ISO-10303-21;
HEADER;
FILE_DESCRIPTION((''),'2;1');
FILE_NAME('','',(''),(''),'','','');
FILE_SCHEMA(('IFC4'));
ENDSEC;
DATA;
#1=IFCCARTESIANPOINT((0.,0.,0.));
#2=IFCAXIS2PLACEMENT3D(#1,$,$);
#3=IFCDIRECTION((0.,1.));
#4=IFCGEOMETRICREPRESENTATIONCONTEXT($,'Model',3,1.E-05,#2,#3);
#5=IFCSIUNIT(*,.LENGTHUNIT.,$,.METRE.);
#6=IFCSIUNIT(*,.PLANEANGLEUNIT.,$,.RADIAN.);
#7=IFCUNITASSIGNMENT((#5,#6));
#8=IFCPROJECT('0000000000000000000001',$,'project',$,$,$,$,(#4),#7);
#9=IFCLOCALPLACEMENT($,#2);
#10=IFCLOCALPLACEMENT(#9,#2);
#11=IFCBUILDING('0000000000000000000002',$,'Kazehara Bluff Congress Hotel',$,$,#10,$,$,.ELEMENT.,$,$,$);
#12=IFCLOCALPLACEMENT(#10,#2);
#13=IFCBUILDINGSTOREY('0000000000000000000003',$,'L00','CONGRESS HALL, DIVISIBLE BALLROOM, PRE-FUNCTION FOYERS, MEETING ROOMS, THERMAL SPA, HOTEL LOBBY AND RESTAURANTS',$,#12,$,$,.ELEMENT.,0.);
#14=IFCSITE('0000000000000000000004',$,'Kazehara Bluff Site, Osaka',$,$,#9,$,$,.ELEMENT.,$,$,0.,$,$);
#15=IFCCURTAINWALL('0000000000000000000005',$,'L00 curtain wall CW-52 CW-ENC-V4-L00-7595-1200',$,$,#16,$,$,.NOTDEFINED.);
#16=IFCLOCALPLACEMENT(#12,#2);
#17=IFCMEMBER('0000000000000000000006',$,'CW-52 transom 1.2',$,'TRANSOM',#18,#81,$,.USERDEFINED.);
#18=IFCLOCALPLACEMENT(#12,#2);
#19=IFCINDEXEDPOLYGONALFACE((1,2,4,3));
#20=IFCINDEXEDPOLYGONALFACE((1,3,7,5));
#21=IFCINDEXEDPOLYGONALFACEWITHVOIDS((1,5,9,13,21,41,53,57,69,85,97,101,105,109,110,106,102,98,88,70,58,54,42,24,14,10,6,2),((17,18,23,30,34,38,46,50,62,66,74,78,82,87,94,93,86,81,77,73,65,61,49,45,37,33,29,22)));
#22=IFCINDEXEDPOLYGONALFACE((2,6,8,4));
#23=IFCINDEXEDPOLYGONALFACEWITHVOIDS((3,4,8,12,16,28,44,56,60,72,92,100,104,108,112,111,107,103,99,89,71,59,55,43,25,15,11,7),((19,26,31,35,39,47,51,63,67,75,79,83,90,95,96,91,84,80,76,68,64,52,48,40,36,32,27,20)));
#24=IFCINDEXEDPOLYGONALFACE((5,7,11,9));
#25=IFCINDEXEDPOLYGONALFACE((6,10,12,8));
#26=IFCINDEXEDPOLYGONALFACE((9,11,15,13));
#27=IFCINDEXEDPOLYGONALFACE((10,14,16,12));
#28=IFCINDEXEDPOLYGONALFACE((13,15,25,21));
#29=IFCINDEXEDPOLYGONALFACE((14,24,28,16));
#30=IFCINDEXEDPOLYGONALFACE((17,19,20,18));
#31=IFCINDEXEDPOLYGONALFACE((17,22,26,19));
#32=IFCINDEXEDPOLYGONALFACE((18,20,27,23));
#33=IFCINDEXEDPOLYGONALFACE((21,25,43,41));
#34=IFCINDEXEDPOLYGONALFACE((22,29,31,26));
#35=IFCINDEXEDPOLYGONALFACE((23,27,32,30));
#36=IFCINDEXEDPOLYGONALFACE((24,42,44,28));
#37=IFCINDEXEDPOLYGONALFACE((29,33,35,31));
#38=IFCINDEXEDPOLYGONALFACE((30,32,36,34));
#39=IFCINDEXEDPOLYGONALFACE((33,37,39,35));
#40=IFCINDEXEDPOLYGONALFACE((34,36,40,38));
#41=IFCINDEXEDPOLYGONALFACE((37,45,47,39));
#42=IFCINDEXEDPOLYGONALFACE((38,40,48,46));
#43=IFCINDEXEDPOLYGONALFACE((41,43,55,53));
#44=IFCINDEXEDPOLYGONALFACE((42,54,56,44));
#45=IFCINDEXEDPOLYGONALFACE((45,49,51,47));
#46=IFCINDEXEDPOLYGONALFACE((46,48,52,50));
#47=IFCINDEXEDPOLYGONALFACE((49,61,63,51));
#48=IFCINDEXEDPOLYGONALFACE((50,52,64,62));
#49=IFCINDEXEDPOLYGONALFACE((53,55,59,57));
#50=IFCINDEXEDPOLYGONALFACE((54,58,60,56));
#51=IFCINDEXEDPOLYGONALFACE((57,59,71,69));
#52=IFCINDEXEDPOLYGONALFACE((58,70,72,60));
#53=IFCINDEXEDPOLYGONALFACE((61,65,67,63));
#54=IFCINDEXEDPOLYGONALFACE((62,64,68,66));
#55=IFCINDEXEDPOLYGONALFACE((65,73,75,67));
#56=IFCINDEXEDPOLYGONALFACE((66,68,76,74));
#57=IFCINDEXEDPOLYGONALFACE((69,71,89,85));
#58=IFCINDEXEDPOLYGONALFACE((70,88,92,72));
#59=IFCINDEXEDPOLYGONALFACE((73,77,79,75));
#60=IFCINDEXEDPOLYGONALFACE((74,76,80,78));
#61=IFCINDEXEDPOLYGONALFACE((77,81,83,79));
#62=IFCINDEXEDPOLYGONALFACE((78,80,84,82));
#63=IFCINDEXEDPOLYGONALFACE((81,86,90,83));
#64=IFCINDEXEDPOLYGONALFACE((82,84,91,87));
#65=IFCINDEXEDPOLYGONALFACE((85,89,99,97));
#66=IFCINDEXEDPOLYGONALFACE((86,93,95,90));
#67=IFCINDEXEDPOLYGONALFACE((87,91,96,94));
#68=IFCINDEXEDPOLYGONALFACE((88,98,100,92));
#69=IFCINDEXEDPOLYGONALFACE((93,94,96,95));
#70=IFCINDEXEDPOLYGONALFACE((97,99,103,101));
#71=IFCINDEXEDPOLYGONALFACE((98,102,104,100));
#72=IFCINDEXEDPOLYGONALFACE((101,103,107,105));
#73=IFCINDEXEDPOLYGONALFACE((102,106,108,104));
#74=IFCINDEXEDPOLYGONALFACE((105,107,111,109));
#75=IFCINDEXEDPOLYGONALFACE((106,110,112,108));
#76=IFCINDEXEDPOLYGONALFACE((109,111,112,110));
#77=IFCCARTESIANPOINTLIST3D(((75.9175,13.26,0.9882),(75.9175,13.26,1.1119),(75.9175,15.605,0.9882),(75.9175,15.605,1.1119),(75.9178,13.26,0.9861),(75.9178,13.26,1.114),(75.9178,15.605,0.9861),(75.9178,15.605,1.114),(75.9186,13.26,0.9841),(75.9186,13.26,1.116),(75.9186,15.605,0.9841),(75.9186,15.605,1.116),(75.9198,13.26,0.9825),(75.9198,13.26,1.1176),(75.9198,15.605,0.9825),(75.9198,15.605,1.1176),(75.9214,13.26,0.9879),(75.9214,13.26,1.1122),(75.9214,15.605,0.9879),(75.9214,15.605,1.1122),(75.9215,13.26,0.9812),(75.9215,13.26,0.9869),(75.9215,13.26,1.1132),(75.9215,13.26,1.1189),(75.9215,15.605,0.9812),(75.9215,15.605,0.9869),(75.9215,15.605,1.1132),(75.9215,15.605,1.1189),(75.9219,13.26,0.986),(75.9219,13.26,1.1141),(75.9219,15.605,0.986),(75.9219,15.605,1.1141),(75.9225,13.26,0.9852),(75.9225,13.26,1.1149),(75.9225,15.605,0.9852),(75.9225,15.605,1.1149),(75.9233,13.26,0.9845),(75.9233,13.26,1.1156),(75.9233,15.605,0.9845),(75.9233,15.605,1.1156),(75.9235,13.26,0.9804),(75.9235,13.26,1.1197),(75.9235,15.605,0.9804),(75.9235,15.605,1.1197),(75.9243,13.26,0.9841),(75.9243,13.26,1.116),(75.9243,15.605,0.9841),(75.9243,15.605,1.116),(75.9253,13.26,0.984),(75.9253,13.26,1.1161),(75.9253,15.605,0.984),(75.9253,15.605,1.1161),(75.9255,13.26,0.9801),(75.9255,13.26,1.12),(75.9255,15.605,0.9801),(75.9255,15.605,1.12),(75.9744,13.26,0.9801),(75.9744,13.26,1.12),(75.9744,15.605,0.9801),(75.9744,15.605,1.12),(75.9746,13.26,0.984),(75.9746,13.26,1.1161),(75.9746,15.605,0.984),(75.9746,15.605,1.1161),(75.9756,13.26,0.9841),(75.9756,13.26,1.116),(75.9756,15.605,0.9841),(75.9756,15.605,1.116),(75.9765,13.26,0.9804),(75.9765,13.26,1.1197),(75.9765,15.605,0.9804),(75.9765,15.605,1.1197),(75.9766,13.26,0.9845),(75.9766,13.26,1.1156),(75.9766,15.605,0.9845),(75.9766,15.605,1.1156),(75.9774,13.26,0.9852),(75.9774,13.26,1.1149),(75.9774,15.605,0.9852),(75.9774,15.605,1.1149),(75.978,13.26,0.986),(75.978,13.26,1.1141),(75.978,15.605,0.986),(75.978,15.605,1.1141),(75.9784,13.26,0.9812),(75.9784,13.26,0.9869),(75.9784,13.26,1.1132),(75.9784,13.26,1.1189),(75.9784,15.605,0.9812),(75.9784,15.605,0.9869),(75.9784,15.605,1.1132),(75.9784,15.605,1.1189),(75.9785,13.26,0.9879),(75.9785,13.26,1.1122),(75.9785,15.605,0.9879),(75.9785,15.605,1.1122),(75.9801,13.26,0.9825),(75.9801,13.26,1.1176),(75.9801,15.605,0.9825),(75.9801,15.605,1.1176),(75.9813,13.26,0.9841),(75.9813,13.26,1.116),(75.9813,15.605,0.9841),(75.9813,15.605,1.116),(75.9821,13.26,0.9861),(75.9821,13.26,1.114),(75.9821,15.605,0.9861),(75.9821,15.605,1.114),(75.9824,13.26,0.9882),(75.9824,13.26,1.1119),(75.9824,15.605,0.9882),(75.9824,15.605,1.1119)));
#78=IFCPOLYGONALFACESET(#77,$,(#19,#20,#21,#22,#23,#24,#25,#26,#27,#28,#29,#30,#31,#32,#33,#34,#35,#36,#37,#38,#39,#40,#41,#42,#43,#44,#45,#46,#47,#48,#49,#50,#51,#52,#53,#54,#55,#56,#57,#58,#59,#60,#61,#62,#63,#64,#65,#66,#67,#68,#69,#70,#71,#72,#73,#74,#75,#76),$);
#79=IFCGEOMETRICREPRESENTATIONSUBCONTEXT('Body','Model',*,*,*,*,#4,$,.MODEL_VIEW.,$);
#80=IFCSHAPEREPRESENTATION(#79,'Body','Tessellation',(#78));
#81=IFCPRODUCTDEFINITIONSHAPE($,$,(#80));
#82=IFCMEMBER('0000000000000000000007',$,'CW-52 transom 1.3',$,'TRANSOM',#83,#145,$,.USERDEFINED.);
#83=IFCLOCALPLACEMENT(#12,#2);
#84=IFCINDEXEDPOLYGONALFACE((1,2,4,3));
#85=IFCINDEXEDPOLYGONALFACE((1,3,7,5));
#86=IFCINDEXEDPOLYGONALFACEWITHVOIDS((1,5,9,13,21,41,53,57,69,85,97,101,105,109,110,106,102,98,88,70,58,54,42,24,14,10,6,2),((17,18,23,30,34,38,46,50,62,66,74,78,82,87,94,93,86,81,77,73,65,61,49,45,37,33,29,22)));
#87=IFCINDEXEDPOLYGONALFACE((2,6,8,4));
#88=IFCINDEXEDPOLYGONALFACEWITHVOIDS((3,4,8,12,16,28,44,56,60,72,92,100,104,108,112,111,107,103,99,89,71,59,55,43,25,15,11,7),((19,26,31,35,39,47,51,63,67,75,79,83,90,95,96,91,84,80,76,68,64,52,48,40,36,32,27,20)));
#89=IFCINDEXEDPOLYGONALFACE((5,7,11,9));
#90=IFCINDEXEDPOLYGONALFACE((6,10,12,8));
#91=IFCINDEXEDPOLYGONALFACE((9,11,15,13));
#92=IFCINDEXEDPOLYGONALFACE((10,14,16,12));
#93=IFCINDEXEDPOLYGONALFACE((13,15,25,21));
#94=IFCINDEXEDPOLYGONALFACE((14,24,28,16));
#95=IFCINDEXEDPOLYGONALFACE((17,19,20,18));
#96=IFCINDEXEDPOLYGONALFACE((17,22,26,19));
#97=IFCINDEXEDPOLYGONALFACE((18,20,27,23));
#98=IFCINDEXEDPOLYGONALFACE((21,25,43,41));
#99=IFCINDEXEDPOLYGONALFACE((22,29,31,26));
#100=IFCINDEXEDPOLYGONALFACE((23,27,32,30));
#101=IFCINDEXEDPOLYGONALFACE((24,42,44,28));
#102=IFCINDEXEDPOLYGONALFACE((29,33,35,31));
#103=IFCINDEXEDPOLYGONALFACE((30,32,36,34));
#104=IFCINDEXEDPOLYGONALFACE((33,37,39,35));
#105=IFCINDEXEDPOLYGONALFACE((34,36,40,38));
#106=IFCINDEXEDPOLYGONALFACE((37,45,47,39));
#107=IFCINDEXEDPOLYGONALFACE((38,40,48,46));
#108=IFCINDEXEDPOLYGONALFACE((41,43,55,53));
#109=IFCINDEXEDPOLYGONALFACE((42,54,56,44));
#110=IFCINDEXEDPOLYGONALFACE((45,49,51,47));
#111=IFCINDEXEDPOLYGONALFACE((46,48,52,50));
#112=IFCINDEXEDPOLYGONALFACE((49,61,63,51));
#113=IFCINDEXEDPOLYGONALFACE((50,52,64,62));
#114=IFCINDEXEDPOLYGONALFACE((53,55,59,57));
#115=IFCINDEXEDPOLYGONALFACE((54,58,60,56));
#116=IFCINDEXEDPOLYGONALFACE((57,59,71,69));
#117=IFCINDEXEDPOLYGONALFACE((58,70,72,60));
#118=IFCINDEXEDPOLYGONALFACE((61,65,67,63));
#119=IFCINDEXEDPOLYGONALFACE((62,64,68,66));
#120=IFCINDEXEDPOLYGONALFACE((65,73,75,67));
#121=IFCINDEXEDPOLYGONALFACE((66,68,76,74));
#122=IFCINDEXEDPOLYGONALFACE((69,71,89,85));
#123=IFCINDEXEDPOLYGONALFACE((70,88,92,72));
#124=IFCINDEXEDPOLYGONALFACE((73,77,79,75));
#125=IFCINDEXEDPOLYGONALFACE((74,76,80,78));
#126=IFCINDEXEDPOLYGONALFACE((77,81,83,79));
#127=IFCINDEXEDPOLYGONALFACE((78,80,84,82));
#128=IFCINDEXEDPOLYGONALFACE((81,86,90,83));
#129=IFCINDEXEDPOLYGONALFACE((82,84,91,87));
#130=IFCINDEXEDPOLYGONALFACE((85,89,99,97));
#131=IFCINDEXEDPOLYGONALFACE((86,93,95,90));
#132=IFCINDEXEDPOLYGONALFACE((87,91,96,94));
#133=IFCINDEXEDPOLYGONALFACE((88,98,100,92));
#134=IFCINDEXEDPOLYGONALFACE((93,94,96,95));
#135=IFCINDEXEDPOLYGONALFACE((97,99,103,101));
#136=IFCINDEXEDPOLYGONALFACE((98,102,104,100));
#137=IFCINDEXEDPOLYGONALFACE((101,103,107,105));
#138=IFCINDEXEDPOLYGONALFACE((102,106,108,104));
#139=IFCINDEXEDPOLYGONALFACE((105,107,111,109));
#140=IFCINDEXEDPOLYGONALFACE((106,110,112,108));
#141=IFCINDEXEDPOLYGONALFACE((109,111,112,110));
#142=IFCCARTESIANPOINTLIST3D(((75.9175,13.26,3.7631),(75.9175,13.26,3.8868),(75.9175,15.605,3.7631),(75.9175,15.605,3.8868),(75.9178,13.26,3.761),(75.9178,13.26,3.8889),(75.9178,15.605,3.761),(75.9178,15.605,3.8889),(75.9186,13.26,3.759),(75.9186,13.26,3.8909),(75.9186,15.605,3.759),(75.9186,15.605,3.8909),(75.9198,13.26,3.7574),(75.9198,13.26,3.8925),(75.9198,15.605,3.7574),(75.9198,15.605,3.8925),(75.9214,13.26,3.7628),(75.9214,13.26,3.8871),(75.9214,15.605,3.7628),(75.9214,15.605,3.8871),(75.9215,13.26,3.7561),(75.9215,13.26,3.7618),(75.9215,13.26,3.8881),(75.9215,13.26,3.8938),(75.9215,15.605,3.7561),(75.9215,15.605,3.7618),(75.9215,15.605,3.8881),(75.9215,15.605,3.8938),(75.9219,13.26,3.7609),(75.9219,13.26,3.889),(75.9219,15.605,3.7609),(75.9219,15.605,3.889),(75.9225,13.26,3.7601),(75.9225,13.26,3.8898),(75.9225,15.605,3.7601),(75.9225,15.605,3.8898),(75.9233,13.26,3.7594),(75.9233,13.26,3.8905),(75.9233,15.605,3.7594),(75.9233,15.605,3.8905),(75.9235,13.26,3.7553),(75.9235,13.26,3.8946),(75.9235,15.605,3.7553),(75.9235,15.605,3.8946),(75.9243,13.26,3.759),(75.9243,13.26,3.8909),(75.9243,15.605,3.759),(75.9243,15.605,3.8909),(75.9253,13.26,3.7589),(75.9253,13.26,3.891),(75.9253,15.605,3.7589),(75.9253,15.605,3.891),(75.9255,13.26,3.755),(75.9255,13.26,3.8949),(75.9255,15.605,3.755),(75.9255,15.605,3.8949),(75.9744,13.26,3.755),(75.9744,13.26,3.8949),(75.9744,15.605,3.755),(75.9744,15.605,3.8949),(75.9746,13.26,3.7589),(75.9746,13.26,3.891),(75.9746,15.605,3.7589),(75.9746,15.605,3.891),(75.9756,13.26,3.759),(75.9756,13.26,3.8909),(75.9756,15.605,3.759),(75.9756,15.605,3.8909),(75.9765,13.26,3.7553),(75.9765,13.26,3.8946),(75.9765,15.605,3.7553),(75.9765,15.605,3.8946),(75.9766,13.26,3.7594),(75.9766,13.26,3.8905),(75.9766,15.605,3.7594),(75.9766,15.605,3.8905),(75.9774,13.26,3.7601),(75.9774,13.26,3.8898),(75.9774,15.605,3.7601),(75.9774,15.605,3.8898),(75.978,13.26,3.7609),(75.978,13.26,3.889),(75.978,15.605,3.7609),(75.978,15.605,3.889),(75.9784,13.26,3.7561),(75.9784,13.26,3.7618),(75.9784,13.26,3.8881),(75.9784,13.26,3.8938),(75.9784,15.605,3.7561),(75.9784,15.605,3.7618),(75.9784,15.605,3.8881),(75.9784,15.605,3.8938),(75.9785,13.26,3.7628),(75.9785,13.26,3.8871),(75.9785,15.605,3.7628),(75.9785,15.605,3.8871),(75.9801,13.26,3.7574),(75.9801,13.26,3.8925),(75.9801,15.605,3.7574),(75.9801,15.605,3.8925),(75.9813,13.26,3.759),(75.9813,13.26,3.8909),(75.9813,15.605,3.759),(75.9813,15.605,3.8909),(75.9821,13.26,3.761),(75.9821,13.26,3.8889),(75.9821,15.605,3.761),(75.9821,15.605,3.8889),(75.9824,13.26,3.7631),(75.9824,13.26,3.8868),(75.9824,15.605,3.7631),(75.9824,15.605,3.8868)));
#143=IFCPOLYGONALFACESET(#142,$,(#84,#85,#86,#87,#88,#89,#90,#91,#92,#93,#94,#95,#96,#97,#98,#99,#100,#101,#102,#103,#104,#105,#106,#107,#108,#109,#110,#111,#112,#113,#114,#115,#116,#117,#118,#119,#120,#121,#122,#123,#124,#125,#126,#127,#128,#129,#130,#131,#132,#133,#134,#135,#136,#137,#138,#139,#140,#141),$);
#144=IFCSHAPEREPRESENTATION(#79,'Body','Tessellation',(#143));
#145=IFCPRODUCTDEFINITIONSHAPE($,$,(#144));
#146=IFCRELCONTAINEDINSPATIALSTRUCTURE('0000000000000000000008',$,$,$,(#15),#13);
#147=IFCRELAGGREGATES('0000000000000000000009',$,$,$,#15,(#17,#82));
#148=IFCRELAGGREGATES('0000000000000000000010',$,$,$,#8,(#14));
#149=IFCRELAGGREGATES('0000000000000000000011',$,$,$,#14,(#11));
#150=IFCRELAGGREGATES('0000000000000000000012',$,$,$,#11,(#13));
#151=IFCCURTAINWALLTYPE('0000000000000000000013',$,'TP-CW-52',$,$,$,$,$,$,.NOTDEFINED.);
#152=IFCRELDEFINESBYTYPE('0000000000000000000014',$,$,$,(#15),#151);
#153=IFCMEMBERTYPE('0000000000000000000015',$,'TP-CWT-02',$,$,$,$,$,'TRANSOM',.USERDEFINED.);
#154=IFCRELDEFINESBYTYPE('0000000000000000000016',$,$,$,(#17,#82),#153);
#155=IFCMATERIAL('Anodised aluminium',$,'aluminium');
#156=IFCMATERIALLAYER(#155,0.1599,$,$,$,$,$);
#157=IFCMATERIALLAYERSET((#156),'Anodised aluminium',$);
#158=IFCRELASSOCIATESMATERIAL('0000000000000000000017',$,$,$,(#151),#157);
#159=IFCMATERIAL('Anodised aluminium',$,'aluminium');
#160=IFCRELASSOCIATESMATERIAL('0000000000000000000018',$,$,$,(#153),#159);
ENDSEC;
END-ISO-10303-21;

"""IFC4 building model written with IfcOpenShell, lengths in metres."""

from ifc_helpers import new_model, si_unit, direction, frame, origin, origin_2d, place, context, subcontext, project, spatial, hollow_rectangle, extrude, material, layer, layer_set, material_profile, profile_set, type_object, element, aggregate, save


model = new_model("IFC4")

# Units and contexts
model_context = context("Model", 3, precision=1e-05, world=origin(), true_north=direction((0.0, 1.0)))
body_context = subcontext(model_context, "Body", "Model", "MODEL_VIEW")
ifc_project = project(units=[si_unit("LENGTHUNIT", "METRE"), si_unit("PLANEANGLEUNIT", "RADIAN")], contexts=[model_context])

# Site, building, storey
site_placement = place(None, origin())
site = spatial("IfcSite", under=ifc_project, at=site_placement, Name="Kazehara Bluff Site, Osaka", CompositionType="ELEMENT", RefElevation=0.0)
building_placement = place(site_placement, origin())
building = spatial("IfcBuilding", under=site, at=building_placement, Name="Kazehara Bluff Congress Hotel", CompositionType="ELEMENT")
storey_placement = place(building_placement, origin())
storey = spatial("IfcBuildingStorey", under=building, at=storey_placement, Name="L00", Description="CONGRESS HALL, DIVISIBLE BALLROOM, PRE-FUNCTION FOYERS, MEETING ROOMS, THERMAL SPA, HOTEL LOBBY AND RESTAURANTS", CompositionType="ELEMENT", Elevation=0.0)

# Curtain wall, members
ifc_material_1 = material(Name="Anodised aluminium", Category="aluminium")
ifc_layer_1 = layer(ifc_material_1, 0.1599)
ifc_layer_set_1 = layer_set([ifc_layer_1], Name="Anodised aluminium")
curtain_wall_type_1 = type_object("IfcCurtainWallType", Name="TP-CW-52", PredefinedType="NOTDEFINED", material=ifc_layer_set_1)
curtain_wall_1_placement = place(storey_placement, origin())
curtain_wall_1 = element("IfcCurtainWall", 1, at=curtain_wall_1_placement, inside=storey, type_object=curtain_wall_type_1, Name="L00 curtain wall CW-52 CW-ENC-V4-L00-7595-1200", PredefinedType="NOTDEFINED")
ifc_material_2 = material(Name="Anodised aluminium", Category="aluminium")
ifc_material_profile_1 = material_profile(ifc_material_2, hollow_rectangle(XDim=0.0649, YDim=0.1399, WallThickness=0.0039, InnerFilletRadius=0.0039, OuterFilletRadius=0.0081, at=origin_2d()))
ifc_profile_set_1 = profile_set([ifc_material_profile_1], Name="Anodised aluminium")
member_type_1 = type_object("IfcMemberType", Name="TP-CWT-02", ElementType="TRANSOM", PredefinedType="USERDEFINED", material=ifc_profile_set_1)
member_1_placement = place(storey_placement, frame((75.95, 15.605, 1.05), z_axis=(0.0, -1.0, 0.0), x_axis=(1.0, 0.0, 0.0)))
member_1 = element("IfcMember", 2, at=member_1_placement, type_object=member_type_1, Name="CW-52 transom 1.2", ObjectType="TRANSOM", PredefinedType="USERDEFINED", context=body_context, shape_type="SweptSolid", body=[
    extrude(hollow_rectangle(XDim=0.0649, YDim=0.1399, WallThickness=0.0039, InnerFilletRadius=0.0039, OuterFilletRadius=0.0081, at=origin_2d()), origin(), (0.0, 0.0, 1.0), 2.345),
])
member_2_placement = place(storey_placement, frame((75.95, 15.605, 3.825), z_axis=(0.0, -1.0, 0.0), x_axis=(1.0, 0.0, 0.0)))
member_2 = element("IfcMember", 3, at=member_2_placement, type_object=member_type_1, Name="CW-52 transom 1.3", ObjectType="TRANSOM", PredefinedType="USERDEFINED", context=body_context, shape_type="SweptSolid", body=[
    extrude(hollow_rectangle(XDim=0.0649, YDim=0.1399, WallThickness=0.0039, InnerFilletRadius=0.0039, OuterFilletRadius=0.0081, at=origin_2d()), origin(), (0.0, 0.0, 1.0), 2.345),
])

aggregate(curtain_wall_1, [member_1, member_2])

save(model, "model.ifc")
